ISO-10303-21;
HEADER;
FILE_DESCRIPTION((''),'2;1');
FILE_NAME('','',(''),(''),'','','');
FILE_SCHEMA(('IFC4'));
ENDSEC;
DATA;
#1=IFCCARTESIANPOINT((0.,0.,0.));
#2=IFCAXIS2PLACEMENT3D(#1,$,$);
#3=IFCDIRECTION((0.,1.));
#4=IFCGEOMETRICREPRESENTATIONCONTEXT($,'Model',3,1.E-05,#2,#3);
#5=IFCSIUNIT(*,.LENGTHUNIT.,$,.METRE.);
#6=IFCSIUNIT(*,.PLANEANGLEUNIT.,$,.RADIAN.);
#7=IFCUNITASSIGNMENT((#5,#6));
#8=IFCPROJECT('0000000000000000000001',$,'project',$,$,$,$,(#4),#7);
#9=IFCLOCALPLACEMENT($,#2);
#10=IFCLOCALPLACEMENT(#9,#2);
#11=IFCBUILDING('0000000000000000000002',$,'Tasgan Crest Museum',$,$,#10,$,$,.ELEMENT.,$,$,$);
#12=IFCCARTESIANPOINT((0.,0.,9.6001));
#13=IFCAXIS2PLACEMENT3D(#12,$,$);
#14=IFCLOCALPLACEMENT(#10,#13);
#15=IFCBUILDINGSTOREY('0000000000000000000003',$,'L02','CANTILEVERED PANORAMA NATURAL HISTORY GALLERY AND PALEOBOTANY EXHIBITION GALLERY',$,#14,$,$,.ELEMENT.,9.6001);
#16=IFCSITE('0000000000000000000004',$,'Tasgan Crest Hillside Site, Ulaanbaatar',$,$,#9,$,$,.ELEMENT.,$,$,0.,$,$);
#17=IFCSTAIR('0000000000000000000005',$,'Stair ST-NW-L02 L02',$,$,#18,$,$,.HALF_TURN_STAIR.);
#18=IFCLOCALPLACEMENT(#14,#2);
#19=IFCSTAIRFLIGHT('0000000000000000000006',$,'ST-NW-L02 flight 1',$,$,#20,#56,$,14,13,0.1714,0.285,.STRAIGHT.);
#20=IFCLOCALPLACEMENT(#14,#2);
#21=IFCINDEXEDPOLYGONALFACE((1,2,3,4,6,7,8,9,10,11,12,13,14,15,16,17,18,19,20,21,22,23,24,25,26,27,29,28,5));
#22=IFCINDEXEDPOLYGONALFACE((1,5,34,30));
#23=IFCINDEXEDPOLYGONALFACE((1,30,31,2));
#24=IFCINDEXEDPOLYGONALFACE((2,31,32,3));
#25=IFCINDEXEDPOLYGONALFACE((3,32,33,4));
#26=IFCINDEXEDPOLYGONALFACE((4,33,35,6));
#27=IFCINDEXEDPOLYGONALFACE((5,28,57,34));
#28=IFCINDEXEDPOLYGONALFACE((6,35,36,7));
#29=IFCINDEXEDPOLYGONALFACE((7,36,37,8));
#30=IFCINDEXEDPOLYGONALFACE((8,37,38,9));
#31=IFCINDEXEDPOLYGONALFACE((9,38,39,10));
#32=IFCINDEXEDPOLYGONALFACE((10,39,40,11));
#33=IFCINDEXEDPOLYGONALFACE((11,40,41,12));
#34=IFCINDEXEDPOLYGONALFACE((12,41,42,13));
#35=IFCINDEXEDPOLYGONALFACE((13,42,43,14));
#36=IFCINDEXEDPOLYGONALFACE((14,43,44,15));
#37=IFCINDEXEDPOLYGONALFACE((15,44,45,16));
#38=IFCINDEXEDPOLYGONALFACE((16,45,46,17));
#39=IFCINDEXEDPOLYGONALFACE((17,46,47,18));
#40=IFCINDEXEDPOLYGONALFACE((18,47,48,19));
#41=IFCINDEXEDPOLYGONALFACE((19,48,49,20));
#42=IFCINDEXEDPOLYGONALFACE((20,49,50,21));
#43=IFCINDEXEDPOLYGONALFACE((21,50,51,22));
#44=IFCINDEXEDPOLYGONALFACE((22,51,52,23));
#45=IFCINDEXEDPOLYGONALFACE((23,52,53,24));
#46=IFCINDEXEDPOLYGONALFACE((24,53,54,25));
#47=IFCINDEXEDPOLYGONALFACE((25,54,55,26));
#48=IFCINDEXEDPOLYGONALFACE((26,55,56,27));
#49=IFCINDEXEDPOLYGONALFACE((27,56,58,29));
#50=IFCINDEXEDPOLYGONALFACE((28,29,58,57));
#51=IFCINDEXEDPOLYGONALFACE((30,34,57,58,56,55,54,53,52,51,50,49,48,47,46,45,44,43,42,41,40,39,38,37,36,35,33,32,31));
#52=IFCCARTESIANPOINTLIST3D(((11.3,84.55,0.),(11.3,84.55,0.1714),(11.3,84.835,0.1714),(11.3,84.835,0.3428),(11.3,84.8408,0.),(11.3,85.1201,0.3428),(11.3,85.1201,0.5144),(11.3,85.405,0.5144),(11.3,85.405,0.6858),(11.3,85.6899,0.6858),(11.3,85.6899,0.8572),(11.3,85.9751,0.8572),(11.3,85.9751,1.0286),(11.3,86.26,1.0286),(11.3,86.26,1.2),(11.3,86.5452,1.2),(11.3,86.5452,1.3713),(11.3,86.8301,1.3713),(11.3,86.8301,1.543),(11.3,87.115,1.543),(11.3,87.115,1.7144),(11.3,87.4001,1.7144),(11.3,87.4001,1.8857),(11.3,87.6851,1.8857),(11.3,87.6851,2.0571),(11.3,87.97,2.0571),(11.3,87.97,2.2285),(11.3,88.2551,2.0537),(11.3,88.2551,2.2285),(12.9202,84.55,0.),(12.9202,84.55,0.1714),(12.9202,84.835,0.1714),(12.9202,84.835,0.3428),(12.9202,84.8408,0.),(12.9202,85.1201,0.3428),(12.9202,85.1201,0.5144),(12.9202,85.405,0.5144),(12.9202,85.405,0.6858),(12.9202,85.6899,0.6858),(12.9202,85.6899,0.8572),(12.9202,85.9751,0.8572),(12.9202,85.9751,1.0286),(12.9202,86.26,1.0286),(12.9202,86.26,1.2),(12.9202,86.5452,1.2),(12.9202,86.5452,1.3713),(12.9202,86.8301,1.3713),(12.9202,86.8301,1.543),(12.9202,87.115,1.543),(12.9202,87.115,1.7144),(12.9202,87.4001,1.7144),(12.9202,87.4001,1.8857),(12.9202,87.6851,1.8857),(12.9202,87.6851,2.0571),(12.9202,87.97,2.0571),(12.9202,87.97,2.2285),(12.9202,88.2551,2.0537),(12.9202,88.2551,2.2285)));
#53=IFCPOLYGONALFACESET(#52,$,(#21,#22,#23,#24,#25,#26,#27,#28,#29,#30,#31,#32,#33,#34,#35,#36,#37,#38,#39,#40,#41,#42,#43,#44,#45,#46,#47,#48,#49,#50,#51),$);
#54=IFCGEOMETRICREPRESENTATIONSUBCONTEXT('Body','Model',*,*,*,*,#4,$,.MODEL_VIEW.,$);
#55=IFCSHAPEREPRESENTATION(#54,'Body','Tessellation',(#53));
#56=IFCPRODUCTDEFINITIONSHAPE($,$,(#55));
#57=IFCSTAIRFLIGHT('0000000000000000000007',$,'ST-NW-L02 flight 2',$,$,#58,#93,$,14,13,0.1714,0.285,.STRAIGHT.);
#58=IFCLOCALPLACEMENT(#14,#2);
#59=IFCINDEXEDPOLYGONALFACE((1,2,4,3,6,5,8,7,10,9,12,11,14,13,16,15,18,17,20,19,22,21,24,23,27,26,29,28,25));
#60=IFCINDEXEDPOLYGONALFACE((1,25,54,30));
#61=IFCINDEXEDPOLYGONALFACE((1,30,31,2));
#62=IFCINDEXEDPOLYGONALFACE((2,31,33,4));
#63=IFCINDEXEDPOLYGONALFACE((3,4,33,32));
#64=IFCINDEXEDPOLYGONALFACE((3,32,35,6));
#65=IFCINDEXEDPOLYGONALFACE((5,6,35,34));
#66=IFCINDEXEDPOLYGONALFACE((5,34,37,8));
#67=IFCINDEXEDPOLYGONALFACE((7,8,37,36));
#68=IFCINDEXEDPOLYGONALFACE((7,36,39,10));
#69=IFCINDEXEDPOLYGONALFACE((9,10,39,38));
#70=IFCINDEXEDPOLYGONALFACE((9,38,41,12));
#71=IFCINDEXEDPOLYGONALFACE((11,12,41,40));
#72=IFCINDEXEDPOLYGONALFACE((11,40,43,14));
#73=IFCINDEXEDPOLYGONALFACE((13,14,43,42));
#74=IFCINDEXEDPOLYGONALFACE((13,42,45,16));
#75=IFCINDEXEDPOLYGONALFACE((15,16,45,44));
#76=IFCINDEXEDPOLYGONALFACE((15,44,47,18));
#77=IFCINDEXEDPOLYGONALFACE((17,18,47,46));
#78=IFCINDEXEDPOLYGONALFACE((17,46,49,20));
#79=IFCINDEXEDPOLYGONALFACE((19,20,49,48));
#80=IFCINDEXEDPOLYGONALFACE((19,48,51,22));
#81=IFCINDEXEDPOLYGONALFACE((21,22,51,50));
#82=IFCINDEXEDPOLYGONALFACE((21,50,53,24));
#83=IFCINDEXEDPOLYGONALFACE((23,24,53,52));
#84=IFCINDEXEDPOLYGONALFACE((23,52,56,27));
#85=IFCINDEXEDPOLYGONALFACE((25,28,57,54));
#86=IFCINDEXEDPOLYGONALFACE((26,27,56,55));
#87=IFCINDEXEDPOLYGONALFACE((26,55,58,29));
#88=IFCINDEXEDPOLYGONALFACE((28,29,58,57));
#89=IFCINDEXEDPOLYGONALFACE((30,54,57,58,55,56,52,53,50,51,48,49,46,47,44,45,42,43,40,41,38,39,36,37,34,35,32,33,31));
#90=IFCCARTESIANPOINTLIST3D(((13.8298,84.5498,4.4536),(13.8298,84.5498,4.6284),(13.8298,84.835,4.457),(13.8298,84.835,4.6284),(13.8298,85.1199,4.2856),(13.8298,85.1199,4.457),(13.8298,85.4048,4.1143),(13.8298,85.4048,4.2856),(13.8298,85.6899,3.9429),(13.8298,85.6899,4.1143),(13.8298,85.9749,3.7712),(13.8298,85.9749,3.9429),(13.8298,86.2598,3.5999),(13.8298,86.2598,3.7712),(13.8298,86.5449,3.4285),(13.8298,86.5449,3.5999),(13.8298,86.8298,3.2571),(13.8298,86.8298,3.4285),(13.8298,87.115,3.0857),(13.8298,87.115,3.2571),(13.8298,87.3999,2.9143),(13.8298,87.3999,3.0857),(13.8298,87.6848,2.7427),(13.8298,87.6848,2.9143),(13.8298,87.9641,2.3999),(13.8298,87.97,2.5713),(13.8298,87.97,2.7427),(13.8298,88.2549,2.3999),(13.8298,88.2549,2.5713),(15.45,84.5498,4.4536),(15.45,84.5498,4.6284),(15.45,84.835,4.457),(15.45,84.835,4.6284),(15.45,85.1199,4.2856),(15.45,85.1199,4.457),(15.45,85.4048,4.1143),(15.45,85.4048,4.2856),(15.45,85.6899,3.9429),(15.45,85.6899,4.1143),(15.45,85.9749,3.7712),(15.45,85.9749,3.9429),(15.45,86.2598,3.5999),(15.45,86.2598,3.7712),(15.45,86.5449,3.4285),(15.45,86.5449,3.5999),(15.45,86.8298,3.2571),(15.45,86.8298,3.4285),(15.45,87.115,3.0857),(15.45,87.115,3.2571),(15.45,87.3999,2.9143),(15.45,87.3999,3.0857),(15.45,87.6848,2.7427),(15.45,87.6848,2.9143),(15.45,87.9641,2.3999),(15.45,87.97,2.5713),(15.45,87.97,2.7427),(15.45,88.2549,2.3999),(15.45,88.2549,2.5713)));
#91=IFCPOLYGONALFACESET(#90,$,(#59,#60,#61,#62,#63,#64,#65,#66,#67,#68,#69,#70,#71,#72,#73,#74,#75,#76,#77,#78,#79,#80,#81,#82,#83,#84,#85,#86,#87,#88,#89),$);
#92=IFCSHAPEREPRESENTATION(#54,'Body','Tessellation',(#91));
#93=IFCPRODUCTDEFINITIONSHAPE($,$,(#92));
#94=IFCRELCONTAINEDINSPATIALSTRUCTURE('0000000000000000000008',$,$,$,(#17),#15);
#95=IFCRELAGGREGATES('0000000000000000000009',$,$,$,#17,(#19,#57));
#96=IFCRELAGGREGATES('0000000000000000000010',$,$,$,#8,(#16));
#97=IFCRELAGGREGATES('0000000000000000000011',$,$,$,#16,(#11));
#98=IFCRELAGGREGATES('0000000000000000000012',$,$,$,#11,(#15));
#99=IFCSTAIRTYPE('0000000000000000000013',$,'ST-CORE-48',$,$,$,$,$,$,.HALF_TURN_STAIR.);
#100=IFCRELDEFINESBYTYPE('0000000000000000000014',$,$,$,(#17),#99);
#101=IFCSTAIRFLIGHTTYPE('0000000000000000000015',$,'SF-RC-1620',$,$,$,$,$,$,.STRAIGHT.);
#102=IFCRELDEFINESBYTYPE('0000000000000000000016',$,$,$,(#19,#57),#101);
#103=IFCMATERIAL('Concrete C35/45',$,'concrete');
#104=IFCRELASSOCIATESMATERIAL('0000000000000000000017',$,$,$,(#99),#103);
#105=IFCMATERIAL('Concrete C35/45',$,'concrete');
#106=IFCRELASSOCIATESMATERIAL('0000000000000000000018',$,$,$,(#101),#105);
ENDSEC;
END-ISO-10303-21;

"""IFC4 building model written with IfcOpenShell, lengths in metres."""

from ifc_helpers import new_model, si_unit, direction, frame, origin, place, context, subcontext, project, spatial, polyline, outline, extrude, material, type_object, element, aggregate, save


model = new_model("IFC4")

# Units and contexts
model_context = context("Model", 3, precision=1e-05, world=origin(), true_north=direction((0.0, 1.0)))
body_context = subcontext(model_context, "Body", "Model", "MODEL_VIEW")
ifc_project = project(units=[si_unit("LENGTHUNIT", "METRE"), si_unit("PLANEANGLEUNIT", "RADIAN")], contexts=[model_context])

# Site, building, storey
site_placement = place(None, origin())
site = spatial("IfcSite", under=ifc_project, at=site_placement, Name="Tasgan Crest Hillside Site, Ulaanbaatar", CompositionType="ELEMENT", RefElevation=0.0)
building_placement = place(site_placement, origin())
building = spatial("IfcBuilding", under=site, at=building_placement, Name="Tasgan Crest Museum", CompositionType="ELEMENT")
storey_placement = place(building_placement, frame((0.0, 0.0, 9.6001)))
storey = spatial("IfcBuildingStorey", under=building, at=storey_placement, Name="L02", Description="CANTILEVERED PANORAMA NATURAL HISTORY GALLERY AND PALEOBOTANY EXHIBITION GALLERY", CompositionType="ELEMENT", Elevation=9.6001)

# Stair, stair flights
ifc_material_1 = material(Name="Concrete C35/45", Category="concrete")
stair_type = type_object("IfcStairType", Name="ST-CORE-48", PredefinedType="HALF_TURN_STAIR", material=ifc_material_1)
stair_placement = place(storey_placement, origin())
stair = element("IfcStair", 1, at=stair_placement, inside=storey, type_object=stair_type, Name="Stair ST-NW-L02 L02", PredefinedType="HALF_TURN_STAIR")
ifc_material_2 = material(Name="Concrete C35/45", Category="concrete")
stair_flight_type = type_object("IfcStairFlightType", Name="SF-RC-1620", PredefinedType="STRAIGHT", material=ifc_material_2)
stair_flight_1_placement = place(storey_placement, frame((12.1101, 84.55, 0.0), z_axis=(0.0, 0.0, 1.0), x_axis=(0.0, 1.0, 0.0)))
stair_flight_1 = element("IfcStairFlight", 2, at=stair_flight_1_placement, type_object=stair_flight_type, Name="ST-NW-L02 flight 1", NumberOfRisers=14, NumberOfTreads=13, PredefinedType="STRAIGHT", RiserHeight=0.1714, TreadLength=0.285, context=body_context, shape_type="SweptSolid", body=[
    extrude(outline(polyline([(0.0, 0.0), (0.0, 0.1714), (0.2849, 0.1714), (0.2849, 0.3428), (0.5701, 0.3428), (0.5701, 0.5144), (0.855, 0.5144), (0.855, 0.6858), (1.1399, 0.6858), (1.1399, 0.8572), (1.425, 0.8572), (1.425, 1.0286), (1.71, 1.0286), (1.71, 1.2), (1.9951, 1.2), (1.9951, 1.3713), (2.28, 1.3713), (2.28, 1.543), (2.5649, 1.543), (2.5649, 1.7144), (2.8501, 1.7144), (2.8501, 1.8857), (3.135, 1.8857), (3.135, 2.0571), (3.4199, 2.0571), (3.4199, 2.2285), (3.7051, 2.2285), (3.7051, 2.3999), (3.7051, 2.0537), (0.2908, 0.0), (0.0, 0.0)])), frame((0.0, 0.8101, 0.0), z_axis=(0.0, -1.0, 0.0), x_axis=(1.0, 0.0, 0.0)), (0.0, 0.0, 1.0), 1.6201),
])
stair_flight_2_placement = place(storey_placement, frame((14.6399, 88.2549, 2.3999), z_axis=(0.0, 0.0, 1.0), x_axis=(0.0, -1.0, 0.0)))
stair_flight_2 = element("IfcStairFlight", 3, at=stair_flight_2_placement, type_object=stair_flight_type, Name="ST-NW-L02 flight 2", NumberOfRisers=14, NumberOfTreads=13, PredefinedType="STRAIGHT", RiserHeight=0.1714, TreadLength=0.285, context=body_context, shape_type="SweptSolid", body=[
    extrude(outline(polyline([(0.0, 0.0), (0.0, 0.1714), (0.2849, 0.1714), (0.2849, 0.3428), (0.5701, 0.3428), (0.5701, 0.5144), (0.855, 0.5144), (0.855, 0.6858), (1.1399, 0.6858), (1.1399, 0.8572), (1.425, 0.8572), (1.425, 1.0286), (1.71, 1.0286), (1.71, 1.2), (1.9951, 1.2), (1.9951, 1.3713), (2.28, 1.3713), (2.28, 1.543), (2.5649, 1.543), (2.5649, 1.7144), (2.8501, 1.7144), (2.8501, 1.8857), (3.135, 1.8857), (3.135, 2.0571), (3.4199, 2.0571), (3.4199, 2.2285), (3.7051, 2.2285), (3.7051, 2.3999), (3.7051, 2.0537), (0.2908, 0.0), (0.0, 0.0)])), frame((0.0, 0.8101, 0.0), z_axis=(0.0, -1.0, 0.0), x_axis=(1.0, 0.0, 0.0)), (0.0, 0.0, 1.0), 1.6201),
])
aggregate(stair, [stair_flight_1, stair_flight_2])

save(model, "model.ifc")
